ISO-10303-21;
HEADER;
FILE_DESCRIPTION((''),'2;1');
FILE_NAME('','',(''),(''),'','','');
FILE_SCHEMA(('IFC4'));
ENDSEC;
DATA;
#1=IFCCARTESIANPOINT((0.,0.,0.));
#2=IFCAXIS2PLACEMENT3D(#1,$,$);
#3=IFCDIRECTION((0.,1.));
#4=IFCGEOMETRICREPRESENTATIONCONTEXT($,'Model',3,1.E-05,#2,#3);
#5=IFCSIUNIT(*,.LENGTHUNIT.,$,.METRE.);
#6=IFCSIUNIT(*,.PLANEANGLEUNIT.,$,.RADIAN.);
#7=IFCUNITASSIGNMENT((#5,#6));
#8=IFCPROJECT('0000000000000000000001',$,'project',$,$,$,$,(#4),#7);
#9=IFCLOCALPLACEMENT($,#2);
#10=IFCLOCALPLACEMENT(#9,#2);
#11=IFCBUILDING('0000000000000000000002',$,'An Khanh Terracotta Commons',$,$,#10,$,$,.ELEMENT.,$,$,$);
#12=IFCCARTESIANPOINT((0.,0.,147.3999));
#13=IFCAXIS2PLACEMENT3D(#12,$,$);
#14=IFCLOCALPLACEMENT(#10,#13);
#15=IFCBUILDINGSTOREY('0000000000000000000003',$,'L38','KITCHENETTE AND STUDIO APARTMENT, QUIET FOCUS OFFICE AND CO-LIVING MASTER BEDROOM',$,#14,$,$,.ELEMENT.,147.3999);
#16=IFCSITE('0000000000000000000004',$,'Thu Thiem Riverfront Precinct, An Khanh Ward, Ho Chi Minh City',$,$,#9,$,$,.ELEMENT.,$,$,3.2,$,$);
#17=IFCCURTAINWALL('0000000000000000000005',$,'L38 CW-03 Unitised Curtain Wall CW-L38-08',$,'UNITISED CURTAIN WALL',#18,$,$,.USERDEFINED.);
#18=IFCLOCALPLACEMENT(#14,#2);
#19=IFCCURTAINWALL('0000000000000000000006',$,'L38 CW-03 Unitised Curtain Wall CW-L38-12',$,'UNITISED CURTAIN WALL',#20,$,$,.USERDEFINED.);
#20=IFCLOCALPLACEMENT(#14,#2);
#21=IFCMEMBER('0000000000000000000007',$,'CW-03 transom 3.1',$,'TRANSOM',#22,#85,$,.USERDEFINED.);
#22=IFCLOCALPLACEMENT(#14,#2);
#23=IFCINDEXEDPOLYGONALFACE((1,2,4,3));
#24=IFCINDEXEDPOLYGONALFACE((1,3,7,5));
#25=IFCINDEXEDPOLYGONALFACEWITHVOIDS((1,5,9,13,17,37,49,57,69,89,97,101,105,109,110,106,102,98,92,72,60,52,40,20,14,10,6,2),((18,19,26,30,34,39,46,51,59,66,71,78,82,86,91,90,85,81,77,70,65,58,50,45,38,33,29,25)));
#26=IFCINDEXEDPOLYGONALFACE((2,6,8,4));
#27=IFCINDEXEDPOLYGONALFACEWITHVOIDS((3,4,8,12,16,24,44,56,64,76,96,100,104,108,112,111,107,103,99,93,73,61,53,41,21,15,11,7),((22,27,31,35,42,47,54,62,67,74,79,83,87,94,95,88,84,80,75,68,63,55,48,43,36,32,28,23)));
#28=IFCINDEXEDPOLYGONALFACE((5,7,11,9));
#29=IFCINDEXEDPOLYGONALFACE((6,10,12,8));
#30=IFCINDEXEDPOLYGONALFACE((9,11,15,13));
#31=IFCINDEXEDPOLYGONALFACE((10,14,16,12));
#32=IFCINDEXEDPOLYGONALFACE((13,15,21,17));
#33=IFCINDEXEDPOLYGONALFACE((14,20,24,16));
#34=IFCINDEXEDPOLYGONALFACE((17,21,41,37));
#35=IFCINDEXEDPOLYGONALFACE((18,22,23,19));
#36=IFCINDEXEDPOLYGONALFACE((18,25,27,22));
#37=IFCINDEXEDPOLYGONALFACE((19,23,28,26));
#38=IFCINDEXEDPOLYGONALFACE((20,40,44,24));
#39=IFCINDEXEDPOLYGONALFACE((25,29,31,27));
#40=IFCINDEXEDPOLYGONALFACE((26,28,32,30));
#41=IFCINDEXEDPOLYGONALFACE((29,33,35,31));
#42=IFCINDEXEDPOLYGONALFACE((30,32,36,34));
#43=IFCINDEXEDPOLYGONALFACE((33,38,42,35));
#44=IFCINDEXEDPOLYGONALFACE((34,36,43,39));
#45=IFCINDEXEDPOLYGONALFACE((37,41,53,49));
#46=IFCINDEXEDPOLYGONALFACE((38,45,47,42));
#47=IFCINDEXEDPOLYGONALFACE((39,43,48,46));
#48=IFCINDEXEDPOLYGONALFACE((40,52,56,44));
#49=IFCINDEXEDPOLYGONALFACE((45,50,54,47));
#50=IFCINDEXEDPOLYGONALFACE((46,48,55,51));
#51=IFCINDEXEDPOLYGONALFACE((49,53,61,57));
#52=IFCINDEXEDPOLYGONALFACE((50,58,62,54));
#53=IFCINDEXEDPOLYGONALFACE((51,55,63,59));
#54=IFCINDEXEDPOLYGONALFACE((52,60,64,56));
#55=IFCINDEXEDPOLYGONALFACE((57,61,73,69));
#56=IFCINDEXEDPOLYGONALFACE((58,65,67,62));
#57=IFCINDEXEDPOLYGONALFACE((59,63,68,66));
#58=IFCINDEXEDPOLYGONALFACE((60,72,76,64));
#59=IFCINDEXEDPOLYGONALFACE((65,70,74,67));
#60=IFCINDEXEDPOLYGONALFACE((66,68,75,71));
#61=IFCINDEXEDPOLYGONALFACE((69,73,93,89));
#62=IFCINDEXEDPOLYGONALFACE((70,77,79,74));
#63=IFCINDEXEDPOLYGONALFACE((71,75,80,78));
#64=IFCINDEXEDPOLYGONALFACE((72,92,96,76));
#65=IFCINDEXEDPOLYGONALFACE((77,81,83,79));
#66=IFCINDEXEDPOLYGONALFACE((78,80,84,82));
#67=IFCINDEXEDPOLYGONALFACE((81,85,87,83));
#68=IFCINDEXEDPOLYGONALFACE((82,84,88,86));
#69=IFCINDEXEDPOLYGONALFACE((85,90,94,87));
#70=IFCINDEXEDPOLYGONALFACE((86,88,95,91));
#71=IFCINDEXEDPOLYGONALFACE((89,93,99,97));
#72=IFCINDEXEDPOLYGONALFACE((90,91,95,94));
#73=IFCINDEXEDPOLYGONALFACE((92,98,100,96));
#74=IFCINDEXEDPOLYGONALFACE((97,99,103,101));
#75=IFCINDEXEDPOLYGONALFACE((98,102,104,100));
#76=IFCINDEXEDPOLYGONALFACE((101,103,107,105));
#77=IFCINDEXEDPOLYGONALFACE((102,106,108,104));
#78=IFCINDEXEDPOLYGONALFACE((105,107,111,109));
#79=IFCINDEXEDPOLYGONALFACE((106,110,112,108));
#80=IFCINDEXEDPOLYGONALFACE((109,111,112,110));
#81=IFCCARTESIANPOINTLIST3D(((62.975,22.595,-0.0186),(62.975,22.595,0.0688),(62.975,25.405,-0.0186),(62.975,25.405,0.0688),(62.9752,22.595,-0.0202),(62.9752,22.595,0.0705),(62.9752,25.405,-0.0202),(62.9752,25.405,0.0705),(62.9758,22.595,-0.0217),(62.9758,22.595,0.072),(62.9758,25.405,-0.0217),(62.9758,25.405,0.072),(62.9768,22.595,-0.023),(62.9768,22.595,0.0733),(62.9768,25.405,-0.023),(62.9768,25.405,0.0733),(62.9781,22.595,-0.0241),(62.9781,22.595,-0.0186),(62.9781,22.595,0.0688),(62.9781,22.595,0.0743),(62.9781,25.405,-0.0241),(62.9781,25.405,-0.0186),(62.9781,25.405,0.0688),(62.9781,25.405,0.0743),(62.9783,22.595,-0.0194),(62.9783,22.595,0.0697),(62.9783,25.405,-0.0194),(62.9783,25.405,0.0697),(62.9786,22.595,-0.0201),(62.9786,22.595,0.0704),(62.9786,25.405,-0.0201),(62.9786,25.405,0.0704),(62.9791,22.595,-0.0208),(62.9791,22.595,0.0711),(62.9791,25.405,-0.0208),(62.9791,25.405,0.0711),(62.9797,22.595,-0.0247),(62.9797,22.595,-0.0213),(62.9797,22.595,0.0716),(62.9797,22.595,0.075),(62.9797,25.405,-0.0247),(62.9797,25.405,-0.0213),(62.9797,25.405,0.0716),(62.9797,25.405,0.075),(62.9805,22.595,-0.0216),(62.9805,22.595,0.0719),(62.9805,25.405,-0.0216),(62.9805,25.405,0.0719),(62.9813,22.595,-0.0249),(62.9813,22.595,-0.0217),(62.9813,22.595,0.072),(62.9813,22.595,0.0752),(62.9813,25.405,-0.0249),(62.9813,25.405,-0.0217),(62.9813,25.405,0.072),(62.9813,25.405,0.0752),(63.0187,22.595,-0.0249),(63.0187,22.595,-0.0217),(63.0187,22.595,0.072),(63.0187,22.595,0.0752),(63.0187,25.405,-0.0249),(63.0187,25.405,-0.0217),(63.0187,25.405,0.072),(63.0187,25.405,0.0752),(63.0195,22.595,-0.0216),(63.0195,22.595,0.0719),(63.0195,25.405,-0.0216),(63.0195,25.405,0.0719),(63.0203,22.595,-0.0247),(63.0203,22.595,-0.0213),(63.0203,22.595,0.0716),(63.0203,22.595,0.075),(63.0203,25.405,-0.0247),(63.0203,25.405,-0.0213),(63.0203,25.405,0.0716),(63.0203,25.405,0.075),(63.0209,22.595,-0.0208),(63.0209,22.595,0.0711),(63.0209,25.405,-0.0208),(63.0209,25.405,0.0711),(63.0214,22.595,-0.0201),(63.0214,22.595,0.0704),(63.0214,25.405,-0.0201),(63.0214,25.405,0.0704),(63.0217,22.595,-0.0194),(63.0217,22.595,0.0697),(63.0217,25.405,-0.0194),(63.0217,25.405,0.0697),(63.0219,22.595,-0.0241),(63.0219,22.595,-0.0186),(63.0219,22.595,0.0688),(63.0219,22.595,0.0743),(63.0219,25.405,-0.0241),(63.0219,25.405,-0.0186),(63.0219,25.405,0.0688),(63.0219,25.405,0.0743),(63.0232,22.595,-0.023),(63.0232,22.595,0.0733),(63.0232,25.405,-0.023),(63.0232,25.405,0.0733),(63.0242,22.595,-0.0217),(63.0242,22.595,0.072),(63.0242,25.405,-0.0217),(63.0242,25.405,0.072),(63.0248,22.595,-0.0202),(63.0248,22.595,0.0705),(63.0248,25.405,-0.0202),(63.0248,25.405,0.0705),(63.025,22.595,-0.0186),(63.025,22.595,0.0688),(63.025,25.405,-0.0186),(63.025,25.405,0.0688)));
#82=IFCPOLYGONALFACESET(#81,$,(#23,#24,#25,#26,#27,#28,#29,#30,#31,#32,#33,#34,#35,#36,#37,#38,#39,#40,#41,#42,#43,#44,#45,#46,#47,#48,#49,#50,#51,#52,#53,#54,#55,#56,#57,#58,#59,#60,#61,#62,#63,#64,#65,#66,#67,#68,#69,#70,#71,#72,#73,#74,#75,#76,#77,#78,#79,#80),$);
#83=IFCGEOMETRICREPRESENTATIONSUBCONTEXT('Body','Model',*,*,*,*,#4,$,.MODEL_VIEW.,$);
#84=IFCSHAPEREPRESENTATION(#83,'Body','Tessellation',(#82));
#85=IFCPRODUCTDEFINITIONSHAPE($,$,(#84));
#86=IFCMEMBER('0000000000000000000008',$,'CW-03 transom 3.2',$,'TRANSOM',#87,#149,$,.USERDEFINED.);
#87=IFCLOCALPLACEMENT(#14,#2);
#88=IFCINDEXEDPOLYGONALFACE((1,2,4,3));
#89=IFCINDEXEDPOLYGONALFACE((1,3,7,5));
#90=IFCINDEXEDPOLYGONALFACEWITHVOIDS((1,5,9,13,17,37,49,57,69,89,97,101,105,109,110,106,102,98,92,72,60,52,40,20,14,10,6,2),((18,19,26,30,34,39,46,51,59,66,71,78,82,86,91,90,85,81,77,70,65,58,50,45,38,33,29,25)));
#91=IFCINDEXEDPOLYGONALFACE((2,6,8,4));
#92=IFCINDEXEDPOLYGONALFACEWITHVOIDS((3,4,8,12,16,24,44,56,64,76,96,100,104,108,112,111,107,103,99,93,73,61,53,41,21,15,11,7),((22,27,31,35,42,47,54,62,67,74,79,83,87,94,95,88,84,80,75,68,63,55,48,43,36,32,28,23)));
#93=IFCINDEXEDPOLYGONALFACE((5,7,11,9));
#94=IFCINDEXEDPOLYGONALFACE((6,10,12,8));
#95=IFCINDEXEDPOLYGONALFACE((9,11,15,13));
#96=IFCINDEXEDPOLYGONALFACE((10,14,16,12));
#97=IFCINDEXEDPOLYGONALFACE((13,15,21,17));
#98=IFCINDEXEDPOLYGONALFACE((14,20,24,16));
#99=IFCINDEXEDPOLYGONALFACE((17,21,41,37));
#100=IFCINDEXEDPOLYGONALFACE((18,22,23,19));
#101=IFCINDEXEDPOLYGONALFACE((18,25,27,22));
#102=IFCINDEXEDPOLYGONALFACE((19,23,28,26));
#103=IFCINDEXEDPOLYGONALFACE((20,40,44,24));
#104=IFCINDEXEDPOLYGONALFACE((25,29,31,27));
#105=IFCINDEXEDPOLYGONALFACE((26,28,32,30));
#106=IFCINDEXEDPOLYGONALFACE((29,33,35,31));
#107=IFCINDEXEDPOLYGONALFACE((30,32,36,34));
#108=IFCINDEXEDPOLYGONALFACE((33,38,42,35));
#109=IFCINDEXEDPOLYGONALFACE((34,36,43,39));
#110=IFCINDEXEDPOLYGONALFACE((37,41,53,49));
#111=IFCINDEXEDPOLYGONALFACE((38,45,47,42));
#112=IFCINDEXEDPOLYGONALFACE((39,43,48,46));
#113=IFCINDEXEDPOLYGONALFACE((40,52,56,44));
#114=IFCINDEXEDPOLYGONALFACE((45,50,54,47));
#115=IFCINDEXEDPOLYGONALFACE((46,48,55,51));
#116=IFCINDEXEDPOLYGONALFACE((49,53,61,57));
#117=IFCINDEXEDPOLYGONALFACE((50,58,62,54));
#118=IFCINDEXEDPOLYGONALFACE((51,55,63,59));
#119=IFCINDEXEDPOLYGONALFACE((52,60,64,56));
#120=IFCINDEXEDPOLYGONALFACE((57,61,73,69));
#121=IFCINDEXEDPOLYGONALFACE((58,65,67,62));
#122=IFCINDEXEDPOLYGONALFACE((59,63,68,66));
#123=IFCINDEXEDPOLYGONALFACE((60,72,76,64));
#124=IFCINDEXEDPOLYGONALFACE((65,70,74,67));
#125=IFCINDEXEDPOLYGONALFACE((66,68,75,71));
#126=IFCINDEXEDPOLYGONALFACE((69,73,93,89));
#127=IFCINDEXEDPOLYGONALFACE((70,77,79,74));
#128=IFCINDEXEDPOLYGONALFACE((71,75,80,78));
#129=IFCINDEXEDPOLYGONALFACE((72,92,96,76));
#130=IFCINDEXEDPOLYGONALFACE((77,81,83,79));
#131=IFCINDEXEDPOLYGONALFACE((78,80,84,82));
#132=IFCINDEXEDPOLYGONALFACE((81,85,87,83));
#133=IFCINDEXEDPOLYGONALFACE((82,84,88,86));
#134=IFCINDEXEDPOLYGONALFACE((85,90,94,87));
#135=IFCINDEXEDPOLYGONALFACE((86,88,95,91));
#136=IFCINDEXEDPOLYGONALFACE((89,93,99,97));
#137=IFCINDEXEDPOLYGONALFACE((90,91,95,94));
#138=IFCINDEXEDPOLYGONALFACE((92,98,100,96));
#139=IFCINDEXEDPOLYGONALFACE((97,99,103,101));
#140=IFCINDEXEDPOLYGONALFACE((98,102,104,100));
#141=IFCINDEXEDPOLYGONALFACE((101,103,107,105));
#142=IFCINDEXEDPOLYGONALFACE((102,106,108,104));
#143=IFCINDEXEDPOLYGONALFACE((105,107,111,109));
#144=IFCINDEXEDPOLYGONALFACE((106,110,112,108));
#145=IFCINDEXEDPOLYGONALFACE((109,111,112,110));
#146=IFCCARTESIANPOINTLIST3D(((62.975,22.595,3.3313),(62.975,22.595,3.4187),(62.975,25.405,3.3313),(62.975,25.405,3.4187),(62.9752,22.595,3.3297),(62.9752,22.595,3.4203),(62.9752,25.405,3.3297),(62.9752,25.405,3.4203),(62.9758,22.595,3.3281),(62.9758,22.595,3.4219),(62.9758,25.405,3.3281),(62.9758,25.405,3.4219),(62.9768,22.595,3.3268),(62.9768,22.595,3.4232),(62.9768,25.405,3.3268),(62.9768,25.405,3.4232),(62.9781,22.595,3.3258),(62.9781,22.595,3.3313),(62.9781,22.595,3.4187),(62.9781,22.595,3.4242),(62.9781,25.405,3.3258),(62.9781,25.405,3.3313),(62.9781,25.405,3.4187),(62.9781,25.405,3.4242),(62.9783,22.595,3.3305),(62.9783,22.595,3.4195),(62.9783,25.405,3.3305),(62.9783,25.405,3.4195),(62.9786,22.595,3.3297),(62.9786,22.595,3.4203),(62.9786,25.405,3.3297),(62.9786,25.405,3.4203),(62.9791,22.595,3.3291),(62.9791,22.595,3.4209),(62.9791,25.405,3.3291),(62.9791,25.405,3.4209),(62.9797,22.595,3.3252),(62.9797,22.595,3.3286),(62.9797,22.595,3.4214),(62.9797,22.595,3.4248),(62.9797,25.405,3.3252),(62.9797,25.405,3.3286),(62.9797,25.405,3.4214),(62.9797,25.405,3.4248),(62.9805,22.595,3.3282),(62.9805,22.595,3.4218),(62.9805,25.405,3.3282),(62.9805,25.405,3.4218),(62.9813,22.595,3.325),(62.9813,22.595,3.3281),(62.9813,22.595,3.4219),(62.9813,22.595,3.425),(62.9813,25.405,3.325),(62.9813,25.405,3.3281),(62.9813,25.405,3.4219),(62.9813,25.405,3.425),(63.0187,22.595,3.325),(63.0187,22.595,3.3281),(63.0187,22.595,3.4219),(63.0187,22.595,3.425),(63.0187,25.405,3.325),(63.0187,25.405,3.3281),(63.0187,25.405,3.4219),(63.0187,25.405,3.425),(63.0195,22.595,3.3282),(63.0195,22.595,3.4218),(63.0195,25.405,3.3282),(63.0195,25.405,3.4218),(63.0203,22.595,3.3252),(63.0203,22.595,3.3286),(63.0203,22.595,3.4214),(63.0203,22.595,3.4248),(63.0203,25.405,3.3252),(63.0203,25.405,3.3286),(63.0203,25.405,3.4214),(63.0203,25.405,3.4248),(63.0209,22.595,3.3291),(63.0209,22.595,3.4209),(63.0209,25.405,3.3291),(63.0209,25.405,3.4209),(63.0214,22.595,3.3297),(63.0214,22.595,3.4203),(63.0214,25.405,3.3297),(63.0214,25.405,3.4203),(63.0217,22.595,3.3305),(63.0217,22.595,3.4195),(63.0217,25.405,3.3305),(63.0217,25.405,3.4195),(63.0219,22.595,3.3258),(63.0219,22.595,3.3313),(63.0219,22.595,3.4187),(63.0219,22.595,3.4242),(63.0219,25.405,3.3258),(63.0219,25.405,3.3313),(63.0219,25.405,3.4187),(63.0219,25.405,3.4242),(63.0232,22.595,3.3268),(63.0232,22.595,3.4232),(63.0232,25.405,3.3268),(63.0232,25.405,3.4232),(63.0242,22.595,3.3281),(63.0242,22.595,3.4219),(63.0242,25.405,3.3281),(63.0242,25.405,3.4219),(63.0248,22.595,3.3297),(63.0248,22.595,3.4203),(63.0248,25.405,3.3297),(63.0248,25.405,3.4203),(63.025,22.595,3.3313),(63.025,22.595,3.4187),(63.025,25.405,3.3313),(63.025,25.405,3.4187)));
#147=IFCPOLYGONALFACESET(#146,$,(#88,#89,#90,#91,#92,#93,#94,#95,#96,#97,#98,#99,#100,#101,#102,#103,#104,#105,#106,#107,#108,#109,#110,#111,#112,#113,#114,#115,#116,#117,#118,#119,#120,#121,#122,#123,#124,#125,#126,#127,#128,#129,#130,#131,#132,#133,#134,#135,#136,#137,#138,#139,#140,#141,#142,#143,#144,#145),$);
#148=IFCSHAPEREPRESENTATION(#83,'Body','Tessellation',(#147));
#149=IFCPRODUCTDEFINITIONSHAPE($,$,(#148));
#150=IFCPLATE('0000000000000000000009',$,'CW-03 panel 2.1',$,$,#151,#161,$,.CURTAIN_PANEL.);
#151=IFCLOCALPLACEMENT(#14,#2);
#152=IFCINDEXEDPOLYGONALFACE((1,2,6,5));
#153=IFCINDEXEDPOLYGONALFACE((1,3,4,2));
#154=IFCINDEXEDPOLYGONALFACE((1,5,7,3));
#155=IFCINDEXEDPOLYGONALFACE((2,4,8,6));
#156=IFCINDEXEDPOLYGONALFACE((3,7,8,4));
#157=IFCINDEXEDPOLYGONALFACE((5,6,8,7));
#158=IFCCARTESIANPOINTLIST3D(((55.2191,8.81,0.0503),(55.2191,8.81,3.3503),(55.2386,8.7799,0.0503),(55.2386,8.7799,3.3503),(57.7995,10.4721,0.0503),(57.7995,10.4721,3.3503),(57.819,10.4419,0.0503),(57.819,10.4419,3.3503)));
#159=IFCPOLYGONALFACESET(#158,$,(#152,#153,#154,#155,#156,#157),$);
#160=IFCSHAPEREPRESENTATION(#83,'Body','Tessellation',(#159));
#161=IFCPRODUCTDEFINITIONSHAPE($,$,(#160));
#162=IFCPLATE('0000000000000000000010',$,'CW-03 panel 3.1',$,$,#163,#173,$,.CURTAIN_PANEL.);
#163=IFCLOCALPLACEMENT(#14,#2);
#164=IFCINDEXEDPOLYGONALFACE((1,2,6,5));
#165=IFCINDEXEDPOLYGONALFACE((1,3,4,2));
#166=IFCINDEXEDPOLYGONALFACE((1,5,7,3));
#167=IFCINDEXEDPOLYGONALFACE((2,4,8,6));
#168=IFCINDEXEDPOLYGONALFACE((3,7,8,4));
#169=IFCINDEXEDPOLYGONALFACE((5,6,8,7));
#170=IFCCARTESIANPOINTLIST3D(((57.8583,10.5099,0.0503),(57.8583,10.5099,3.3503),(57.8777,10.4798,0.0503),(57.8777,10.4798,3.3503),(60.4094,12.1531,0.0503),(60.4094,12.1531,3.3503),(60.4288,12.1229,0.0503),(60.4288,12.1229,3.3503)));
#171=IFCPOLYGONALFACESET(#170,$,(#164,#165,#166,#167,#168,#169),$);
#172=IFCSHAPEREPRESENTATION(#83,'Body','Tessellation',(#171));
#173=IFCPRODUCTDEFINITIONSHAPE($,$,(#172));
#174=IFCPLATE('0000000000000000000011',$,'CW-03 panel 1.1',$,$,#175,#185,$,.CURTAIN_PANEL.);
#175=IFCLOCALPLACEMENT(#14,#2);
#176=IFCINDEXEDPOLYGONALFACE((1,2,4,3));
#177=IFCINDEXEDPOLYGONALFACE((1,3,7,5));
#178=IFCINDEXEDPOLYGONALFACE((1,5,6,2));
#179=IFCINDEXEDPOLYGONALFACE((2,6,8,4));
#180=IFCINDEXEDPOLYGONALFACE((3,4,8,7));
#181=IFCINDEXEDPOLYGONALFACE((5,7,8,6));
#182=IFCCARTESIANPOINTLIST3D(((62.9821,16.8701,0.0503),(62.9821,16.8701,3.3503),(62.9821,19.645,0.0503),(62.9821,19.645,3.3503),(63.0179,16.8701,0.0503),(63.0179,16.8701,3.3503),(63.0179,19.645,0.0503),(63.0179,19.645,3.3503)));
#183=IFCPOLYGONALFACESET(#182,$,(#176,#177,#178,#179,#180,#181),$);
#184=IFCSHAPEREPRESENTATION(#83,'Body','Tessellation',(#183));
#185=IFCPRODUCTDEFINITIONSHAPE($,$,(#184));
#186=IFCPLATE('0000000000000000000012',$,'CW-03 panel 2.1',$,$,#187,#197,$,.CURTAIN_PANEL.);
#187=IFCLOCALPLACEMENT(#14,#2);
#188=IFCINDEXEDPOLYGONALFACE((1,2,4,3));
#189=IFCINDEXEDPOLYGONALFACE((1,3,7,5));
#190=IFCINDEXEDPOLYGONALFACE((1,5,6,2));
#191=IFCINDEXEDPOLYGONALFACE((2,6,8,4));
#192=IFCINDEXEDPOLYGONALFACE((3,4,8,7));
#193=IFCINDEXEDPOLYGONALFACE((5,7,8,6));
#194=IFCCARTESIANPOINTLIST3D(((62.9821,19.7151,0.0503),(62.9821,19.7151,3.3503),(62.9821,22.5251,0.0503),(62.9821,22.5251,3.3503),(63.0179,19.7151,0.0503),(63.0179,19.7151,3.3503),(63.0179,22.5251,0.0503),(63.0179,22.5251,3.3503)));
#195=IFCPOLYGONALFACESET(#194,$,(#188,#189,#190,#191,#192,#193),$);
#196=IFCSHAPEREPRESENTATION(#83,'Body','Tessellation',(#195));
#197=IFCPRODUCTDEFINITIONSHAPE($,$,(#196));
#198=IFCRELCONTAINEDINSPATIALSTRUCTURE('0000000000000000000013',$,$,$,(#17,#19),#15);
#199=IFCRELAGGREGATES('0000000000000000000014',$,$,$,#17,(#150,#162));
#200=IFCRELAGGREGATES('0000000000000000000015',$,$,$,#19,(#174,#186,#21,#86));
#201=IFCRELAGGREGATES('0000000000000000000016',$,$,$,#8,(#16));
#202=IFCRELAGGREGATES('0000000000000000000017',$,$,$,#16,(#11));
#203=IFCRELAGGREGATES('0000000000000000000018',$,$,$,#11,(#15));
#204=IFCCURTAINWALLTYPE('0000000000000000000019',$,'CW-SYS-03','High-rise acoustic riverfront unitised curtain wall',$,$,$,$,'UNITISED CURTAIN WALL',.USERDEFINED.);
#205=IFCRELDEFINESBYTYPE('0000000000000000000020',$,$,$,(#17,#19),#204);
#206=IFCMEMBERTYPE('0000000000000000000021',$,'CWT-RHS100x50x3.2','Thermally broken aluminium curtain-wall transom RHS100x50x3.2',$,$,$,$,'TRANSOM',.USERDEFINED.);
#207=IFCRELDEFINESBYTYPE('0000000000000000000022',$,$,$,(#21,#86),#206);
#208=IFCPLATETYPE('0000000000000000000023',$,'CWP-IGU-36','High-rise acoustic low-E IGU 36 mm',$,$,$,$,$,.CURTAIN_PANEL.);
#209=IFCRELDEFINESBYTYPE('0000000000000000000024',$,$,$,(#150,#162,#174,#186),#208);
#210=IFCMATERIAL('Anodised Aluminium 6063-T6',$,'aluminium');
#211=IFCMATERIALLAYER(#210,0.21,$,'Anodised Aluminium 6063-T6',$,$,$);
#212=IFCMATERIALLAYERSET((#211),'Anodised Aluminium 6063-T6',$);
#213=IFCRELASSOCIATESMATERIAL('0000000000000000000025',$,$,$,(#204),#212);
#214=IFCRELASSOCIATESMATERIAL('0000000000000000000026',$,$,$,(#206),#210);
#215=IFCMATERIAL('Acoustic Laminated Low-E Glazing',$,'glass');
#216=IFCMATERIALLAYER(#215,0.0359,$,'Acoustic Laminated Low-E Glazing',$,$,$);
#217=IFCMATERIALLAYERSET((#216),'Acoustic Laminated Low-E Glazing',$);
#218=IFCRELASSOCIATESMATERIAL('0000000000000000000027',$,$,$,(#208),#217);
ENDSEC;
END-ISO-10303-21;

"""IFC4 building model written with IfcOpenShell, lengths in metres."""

from ifc_helpers import new_model, si_unit, direction, frame, origin, origin_2d, place, context, subcontext, project, spatial, rectangle, hollow_rectangle, extrude, material, layer, layer_set, material_profile, profile_set, type_object, element, aggregate, save


model = new_model("IFC4")

# Units and contexts
model_context = context("Model", 3, precision=1e-05, world=origin(), true_north=direction((0.0, 1.0)))
body_context = subcontext(model_context, "Body", "Model", "MODEL_VIEW")
ifc_project = project(units=[si_unit("LENGTHUNIT", "METRE"), si_unit("PLANEANGLEUNIT", "RADIAN")], contexts=[model_context])

# Site, building, storey
site_placement = place(None, origin())
site = spatial("IfcSite", under=ifc_project, at=site_placement, Name="Thu Thiem Riverfront Precinct, An Khanh Ward, Ho Chi Minh City", CompositionType="ELEMENT", RefElevation=3.2)
building_placement = place(site_placement, origin())
building = spatial("IfcBuilding", under=site, at=building_placement, Name="An Khanh Terracotta Commons", CompositionType="ELEMENT")
storey_placement = place(building_placement, frame((0.0, 0.0, 147.3999)))
storey = spatial("IfcBuildingStorey", under=building, at=storey_placement, Name="L38", Description="KITCHENETTE AND STUDIO APARTMENT, QUIET FOCUS OFFICE AND CO-LIVING MASTER BEDROOM", CompositionType="ELEMENT", Elevation=147.3999)

# Curtain walls
ifc_material_1 = material(Name="Anodised Aluminium 6063-T6", Category="aluminium")
ifc_layer_1 = layer(ifc_material_1, 0.21, Name="Anodised Aluminium 6063-T6")
ifc_layer_set_1 = layer_set([ifc_layer_1], Name="Anodised Aluminium 6063-T6")
curtain_wall_type = type_object("IfcCurtainWallType", Name="CW-SYS-03", Description="High-rise acoustic riverfront unitised curtain wall", ElementType="UNITISED CURTAIN WALL", PredefinedType="USERDEFINED", material=ifc_layer_set_1)
curtain_wall_1_placement = place(storey_placement, origin())
curtain_wall_1 = element("IfcCurtainWall", 1, at=curtain_wall_1_placement, inside=storey, type_object=curtain_wall_type, Name="L38 CW-03 Unitised Curtain Wall CW-L38-08", ObjectType="UNITISED CURTAIN WALL", PredefinedType="USERDEFINED")
curtain_wall_2_placement = place(storey_placement, origin())
curtain_wall_2 = element("IfcCurtainWall", 2, at=curtain_wall_2_placement, inside=storey, type_object=curtain_wall_type, Name="L38 CW-03 Unitised Curtain Wall CW-L38-12", ObjectType="UNITISED CURTAIN WALL", PredefinedType="USERDEFINED")

# Members
ifc_material_profile_1 = material_profile(ifc_material_1, hollow_rectangle(XDim=0.05, YDim=0.1001, WallThickness=0.0032, InnerFilletRadius=0.0032, OuterFilletRadius=0.0063, at=origin_2d()), Name="RHS100x50x3.2")
ifc_profile_set_1 = profile_set([ifc_material_profile_1], Name="Anodised Aluminium 6063-T6")
member_type_1 = type_object("IfcMemberType", Name="CWT-RHS100x50x3.2", Description="Thermally broken aluminium curtain-wall transom RHS100x50x3.2", ElementType="TRANSOM", PredefinedType="USERDEFINED", material=ifc_profile_set_1)
member_1_placement = place(storey_placement, frame((63.0, 22.595, 0.0251), z_axis=(0.0, 1.0, 0.0), x_axis=(-1.0, 0.0, 0.0)))
member_1 = element("IfcMember", 3, at=member_1_placement, type_object=member_type_1, Name="CW-03 transom 3.1", ObjectType="TRANSOM", PredefinedType="USERDEFINED", context=body_context, shape_type="SweptSolid", body=[
    extrude(hollow_rectangle(XDim=0.05, YDim=0.1001, WallThickness=0.0032, InnerFilletRadius=0.0032, OuterFilletRadius=0.0063, at=origin_2d()), origin(), (0.0, 0.0, 1.0), 2.8101),
])
member_2_placement = place(storey_placement, frame((63.0, 22.595, 3.375), z_axis=(0.0, 1.0, 0.0), x_axis=(-1.0, 0.0, 0.0)))
member_2 = element("IfcMember", 4, at=member_2_placement, type_object=member_type_1, Name="CW-03 transom 3.2", ObjectType="TRANSOM", PredefinedType="USERDEFINED", context=body_context, shape_type="SweptSolid", body=[
    extrude(hollow_rectangle(XDim=0.05, YDim=0.1001, WallThickness=0.0032, InnerFilletRadius=0.0032, OuterFilletRadius=0.0063, at=origin_2d()), origin(), (0.0, 0.0, 1.0), 2.8101),
])

# Plates
ifc_material_2 = material(Name="Acoustic Laminated Low-E Glazing", Category="glass")
ifc_layer_2 = layer(ifc_material_2, 0.0359, Name="Acoustic Laminated Low-E Glazing")
ifc_layer_set_2 = layer_set([ifc_layer_2], Name="Acoustic Laminated Low-E Glazing")
plate_type = type_object("IfcPlateType", Name="CWP-IGU-36", Description="High-rise acoustic low-E IGU 36 mm", PredefinedType="CURTAIN_PANEL", material=ifc_layer_set_2)
plate_1_placement = place(storey_placement, frame((56.519, 9.626, 0.0503), z_axis=(0.0, 0.0, 1.0), x_axis=(0.840702, 0.541498, 0.0)))
plate_1 = element("IfcPlate", 5, at=plate_1_placement, type_object=plate_type, Name="CW-03 panel 2.1", PredefinedType="CURTAIN_PANEL", context=body_context, shape_type="SweptSolid", body=[
    extrude(rectangle(XDim=3.0693, YDim=0.0359, at=origin_2d()), origin(), (0.0, 0.0, 1.0), 3.3),
])
plate_2_placement = place(storey_placement, frame((59.1436, 11.3164, 0.0503), z_axis=(0.0, 0.0, 1.0), x_axis=(0.840702, 0.541498, 0.0)))
plate_2 = element("IfcPlate", 6, at=plate_2_placement, type_object=plate_type, Name="CW-03 panel 3.1", PredefinedType="CURTAIN_PANEL", context=body_context, shape_type="SweptSolid", body=[
    extrude(rectangle(XDim=3.0344, YDim=0.0359, at=origin_2d()), origin(), (0.0, 0.0, 1.0), 3.3),
])
aggregate(curtain_wall_1, [plate_1, plate_2])
plate_3_placement = place(storey_placement, frame((63.0, 18.2576, 0.0503), z_axis=(0.0, 0.0, 1.0), x_axis=(0.0, 1.0, 0.0)))
plate_3 = element("IfcPlate", 7, at=plate_3_placement, type_object=plate_type, Name="CW-03 panel 1.1", PredefinedType="CURTAIN_PANEL", context=body_context, shape_type="SweptSolid", body=[
    extrude(rectangle(XDim=2.7749, YDim=0.0359, at=origin_2d()), origin(), (0.0, 0.0, 1.0), 3.3),
])
plate_4_placement = place(storey_placement, frame((63.0, 21.1201, 0.0503), z_axis=(0.0, 0.0, 1.0), x_axis=(0.0, 1.0, 0.0)))
plate_4 = element("IfcPlate", 8, at=plate_4_placement, type_object=plate_type, Name="CW-03 panel 2.1", PredefinedType="CURTAIN_PANEL", context=body_context, shape_type="SweptSolid", body=[
    extrude(rectangle(XDim=2.8101, YDim=0.0359, at=origin_2d()), origin(), (0.0, 0.0, 1.0), 3.3),
])
aggregate(curtain_wall_2, [plate_3, plate_4, member_1, member_2])

save(model, "model.ifc")
